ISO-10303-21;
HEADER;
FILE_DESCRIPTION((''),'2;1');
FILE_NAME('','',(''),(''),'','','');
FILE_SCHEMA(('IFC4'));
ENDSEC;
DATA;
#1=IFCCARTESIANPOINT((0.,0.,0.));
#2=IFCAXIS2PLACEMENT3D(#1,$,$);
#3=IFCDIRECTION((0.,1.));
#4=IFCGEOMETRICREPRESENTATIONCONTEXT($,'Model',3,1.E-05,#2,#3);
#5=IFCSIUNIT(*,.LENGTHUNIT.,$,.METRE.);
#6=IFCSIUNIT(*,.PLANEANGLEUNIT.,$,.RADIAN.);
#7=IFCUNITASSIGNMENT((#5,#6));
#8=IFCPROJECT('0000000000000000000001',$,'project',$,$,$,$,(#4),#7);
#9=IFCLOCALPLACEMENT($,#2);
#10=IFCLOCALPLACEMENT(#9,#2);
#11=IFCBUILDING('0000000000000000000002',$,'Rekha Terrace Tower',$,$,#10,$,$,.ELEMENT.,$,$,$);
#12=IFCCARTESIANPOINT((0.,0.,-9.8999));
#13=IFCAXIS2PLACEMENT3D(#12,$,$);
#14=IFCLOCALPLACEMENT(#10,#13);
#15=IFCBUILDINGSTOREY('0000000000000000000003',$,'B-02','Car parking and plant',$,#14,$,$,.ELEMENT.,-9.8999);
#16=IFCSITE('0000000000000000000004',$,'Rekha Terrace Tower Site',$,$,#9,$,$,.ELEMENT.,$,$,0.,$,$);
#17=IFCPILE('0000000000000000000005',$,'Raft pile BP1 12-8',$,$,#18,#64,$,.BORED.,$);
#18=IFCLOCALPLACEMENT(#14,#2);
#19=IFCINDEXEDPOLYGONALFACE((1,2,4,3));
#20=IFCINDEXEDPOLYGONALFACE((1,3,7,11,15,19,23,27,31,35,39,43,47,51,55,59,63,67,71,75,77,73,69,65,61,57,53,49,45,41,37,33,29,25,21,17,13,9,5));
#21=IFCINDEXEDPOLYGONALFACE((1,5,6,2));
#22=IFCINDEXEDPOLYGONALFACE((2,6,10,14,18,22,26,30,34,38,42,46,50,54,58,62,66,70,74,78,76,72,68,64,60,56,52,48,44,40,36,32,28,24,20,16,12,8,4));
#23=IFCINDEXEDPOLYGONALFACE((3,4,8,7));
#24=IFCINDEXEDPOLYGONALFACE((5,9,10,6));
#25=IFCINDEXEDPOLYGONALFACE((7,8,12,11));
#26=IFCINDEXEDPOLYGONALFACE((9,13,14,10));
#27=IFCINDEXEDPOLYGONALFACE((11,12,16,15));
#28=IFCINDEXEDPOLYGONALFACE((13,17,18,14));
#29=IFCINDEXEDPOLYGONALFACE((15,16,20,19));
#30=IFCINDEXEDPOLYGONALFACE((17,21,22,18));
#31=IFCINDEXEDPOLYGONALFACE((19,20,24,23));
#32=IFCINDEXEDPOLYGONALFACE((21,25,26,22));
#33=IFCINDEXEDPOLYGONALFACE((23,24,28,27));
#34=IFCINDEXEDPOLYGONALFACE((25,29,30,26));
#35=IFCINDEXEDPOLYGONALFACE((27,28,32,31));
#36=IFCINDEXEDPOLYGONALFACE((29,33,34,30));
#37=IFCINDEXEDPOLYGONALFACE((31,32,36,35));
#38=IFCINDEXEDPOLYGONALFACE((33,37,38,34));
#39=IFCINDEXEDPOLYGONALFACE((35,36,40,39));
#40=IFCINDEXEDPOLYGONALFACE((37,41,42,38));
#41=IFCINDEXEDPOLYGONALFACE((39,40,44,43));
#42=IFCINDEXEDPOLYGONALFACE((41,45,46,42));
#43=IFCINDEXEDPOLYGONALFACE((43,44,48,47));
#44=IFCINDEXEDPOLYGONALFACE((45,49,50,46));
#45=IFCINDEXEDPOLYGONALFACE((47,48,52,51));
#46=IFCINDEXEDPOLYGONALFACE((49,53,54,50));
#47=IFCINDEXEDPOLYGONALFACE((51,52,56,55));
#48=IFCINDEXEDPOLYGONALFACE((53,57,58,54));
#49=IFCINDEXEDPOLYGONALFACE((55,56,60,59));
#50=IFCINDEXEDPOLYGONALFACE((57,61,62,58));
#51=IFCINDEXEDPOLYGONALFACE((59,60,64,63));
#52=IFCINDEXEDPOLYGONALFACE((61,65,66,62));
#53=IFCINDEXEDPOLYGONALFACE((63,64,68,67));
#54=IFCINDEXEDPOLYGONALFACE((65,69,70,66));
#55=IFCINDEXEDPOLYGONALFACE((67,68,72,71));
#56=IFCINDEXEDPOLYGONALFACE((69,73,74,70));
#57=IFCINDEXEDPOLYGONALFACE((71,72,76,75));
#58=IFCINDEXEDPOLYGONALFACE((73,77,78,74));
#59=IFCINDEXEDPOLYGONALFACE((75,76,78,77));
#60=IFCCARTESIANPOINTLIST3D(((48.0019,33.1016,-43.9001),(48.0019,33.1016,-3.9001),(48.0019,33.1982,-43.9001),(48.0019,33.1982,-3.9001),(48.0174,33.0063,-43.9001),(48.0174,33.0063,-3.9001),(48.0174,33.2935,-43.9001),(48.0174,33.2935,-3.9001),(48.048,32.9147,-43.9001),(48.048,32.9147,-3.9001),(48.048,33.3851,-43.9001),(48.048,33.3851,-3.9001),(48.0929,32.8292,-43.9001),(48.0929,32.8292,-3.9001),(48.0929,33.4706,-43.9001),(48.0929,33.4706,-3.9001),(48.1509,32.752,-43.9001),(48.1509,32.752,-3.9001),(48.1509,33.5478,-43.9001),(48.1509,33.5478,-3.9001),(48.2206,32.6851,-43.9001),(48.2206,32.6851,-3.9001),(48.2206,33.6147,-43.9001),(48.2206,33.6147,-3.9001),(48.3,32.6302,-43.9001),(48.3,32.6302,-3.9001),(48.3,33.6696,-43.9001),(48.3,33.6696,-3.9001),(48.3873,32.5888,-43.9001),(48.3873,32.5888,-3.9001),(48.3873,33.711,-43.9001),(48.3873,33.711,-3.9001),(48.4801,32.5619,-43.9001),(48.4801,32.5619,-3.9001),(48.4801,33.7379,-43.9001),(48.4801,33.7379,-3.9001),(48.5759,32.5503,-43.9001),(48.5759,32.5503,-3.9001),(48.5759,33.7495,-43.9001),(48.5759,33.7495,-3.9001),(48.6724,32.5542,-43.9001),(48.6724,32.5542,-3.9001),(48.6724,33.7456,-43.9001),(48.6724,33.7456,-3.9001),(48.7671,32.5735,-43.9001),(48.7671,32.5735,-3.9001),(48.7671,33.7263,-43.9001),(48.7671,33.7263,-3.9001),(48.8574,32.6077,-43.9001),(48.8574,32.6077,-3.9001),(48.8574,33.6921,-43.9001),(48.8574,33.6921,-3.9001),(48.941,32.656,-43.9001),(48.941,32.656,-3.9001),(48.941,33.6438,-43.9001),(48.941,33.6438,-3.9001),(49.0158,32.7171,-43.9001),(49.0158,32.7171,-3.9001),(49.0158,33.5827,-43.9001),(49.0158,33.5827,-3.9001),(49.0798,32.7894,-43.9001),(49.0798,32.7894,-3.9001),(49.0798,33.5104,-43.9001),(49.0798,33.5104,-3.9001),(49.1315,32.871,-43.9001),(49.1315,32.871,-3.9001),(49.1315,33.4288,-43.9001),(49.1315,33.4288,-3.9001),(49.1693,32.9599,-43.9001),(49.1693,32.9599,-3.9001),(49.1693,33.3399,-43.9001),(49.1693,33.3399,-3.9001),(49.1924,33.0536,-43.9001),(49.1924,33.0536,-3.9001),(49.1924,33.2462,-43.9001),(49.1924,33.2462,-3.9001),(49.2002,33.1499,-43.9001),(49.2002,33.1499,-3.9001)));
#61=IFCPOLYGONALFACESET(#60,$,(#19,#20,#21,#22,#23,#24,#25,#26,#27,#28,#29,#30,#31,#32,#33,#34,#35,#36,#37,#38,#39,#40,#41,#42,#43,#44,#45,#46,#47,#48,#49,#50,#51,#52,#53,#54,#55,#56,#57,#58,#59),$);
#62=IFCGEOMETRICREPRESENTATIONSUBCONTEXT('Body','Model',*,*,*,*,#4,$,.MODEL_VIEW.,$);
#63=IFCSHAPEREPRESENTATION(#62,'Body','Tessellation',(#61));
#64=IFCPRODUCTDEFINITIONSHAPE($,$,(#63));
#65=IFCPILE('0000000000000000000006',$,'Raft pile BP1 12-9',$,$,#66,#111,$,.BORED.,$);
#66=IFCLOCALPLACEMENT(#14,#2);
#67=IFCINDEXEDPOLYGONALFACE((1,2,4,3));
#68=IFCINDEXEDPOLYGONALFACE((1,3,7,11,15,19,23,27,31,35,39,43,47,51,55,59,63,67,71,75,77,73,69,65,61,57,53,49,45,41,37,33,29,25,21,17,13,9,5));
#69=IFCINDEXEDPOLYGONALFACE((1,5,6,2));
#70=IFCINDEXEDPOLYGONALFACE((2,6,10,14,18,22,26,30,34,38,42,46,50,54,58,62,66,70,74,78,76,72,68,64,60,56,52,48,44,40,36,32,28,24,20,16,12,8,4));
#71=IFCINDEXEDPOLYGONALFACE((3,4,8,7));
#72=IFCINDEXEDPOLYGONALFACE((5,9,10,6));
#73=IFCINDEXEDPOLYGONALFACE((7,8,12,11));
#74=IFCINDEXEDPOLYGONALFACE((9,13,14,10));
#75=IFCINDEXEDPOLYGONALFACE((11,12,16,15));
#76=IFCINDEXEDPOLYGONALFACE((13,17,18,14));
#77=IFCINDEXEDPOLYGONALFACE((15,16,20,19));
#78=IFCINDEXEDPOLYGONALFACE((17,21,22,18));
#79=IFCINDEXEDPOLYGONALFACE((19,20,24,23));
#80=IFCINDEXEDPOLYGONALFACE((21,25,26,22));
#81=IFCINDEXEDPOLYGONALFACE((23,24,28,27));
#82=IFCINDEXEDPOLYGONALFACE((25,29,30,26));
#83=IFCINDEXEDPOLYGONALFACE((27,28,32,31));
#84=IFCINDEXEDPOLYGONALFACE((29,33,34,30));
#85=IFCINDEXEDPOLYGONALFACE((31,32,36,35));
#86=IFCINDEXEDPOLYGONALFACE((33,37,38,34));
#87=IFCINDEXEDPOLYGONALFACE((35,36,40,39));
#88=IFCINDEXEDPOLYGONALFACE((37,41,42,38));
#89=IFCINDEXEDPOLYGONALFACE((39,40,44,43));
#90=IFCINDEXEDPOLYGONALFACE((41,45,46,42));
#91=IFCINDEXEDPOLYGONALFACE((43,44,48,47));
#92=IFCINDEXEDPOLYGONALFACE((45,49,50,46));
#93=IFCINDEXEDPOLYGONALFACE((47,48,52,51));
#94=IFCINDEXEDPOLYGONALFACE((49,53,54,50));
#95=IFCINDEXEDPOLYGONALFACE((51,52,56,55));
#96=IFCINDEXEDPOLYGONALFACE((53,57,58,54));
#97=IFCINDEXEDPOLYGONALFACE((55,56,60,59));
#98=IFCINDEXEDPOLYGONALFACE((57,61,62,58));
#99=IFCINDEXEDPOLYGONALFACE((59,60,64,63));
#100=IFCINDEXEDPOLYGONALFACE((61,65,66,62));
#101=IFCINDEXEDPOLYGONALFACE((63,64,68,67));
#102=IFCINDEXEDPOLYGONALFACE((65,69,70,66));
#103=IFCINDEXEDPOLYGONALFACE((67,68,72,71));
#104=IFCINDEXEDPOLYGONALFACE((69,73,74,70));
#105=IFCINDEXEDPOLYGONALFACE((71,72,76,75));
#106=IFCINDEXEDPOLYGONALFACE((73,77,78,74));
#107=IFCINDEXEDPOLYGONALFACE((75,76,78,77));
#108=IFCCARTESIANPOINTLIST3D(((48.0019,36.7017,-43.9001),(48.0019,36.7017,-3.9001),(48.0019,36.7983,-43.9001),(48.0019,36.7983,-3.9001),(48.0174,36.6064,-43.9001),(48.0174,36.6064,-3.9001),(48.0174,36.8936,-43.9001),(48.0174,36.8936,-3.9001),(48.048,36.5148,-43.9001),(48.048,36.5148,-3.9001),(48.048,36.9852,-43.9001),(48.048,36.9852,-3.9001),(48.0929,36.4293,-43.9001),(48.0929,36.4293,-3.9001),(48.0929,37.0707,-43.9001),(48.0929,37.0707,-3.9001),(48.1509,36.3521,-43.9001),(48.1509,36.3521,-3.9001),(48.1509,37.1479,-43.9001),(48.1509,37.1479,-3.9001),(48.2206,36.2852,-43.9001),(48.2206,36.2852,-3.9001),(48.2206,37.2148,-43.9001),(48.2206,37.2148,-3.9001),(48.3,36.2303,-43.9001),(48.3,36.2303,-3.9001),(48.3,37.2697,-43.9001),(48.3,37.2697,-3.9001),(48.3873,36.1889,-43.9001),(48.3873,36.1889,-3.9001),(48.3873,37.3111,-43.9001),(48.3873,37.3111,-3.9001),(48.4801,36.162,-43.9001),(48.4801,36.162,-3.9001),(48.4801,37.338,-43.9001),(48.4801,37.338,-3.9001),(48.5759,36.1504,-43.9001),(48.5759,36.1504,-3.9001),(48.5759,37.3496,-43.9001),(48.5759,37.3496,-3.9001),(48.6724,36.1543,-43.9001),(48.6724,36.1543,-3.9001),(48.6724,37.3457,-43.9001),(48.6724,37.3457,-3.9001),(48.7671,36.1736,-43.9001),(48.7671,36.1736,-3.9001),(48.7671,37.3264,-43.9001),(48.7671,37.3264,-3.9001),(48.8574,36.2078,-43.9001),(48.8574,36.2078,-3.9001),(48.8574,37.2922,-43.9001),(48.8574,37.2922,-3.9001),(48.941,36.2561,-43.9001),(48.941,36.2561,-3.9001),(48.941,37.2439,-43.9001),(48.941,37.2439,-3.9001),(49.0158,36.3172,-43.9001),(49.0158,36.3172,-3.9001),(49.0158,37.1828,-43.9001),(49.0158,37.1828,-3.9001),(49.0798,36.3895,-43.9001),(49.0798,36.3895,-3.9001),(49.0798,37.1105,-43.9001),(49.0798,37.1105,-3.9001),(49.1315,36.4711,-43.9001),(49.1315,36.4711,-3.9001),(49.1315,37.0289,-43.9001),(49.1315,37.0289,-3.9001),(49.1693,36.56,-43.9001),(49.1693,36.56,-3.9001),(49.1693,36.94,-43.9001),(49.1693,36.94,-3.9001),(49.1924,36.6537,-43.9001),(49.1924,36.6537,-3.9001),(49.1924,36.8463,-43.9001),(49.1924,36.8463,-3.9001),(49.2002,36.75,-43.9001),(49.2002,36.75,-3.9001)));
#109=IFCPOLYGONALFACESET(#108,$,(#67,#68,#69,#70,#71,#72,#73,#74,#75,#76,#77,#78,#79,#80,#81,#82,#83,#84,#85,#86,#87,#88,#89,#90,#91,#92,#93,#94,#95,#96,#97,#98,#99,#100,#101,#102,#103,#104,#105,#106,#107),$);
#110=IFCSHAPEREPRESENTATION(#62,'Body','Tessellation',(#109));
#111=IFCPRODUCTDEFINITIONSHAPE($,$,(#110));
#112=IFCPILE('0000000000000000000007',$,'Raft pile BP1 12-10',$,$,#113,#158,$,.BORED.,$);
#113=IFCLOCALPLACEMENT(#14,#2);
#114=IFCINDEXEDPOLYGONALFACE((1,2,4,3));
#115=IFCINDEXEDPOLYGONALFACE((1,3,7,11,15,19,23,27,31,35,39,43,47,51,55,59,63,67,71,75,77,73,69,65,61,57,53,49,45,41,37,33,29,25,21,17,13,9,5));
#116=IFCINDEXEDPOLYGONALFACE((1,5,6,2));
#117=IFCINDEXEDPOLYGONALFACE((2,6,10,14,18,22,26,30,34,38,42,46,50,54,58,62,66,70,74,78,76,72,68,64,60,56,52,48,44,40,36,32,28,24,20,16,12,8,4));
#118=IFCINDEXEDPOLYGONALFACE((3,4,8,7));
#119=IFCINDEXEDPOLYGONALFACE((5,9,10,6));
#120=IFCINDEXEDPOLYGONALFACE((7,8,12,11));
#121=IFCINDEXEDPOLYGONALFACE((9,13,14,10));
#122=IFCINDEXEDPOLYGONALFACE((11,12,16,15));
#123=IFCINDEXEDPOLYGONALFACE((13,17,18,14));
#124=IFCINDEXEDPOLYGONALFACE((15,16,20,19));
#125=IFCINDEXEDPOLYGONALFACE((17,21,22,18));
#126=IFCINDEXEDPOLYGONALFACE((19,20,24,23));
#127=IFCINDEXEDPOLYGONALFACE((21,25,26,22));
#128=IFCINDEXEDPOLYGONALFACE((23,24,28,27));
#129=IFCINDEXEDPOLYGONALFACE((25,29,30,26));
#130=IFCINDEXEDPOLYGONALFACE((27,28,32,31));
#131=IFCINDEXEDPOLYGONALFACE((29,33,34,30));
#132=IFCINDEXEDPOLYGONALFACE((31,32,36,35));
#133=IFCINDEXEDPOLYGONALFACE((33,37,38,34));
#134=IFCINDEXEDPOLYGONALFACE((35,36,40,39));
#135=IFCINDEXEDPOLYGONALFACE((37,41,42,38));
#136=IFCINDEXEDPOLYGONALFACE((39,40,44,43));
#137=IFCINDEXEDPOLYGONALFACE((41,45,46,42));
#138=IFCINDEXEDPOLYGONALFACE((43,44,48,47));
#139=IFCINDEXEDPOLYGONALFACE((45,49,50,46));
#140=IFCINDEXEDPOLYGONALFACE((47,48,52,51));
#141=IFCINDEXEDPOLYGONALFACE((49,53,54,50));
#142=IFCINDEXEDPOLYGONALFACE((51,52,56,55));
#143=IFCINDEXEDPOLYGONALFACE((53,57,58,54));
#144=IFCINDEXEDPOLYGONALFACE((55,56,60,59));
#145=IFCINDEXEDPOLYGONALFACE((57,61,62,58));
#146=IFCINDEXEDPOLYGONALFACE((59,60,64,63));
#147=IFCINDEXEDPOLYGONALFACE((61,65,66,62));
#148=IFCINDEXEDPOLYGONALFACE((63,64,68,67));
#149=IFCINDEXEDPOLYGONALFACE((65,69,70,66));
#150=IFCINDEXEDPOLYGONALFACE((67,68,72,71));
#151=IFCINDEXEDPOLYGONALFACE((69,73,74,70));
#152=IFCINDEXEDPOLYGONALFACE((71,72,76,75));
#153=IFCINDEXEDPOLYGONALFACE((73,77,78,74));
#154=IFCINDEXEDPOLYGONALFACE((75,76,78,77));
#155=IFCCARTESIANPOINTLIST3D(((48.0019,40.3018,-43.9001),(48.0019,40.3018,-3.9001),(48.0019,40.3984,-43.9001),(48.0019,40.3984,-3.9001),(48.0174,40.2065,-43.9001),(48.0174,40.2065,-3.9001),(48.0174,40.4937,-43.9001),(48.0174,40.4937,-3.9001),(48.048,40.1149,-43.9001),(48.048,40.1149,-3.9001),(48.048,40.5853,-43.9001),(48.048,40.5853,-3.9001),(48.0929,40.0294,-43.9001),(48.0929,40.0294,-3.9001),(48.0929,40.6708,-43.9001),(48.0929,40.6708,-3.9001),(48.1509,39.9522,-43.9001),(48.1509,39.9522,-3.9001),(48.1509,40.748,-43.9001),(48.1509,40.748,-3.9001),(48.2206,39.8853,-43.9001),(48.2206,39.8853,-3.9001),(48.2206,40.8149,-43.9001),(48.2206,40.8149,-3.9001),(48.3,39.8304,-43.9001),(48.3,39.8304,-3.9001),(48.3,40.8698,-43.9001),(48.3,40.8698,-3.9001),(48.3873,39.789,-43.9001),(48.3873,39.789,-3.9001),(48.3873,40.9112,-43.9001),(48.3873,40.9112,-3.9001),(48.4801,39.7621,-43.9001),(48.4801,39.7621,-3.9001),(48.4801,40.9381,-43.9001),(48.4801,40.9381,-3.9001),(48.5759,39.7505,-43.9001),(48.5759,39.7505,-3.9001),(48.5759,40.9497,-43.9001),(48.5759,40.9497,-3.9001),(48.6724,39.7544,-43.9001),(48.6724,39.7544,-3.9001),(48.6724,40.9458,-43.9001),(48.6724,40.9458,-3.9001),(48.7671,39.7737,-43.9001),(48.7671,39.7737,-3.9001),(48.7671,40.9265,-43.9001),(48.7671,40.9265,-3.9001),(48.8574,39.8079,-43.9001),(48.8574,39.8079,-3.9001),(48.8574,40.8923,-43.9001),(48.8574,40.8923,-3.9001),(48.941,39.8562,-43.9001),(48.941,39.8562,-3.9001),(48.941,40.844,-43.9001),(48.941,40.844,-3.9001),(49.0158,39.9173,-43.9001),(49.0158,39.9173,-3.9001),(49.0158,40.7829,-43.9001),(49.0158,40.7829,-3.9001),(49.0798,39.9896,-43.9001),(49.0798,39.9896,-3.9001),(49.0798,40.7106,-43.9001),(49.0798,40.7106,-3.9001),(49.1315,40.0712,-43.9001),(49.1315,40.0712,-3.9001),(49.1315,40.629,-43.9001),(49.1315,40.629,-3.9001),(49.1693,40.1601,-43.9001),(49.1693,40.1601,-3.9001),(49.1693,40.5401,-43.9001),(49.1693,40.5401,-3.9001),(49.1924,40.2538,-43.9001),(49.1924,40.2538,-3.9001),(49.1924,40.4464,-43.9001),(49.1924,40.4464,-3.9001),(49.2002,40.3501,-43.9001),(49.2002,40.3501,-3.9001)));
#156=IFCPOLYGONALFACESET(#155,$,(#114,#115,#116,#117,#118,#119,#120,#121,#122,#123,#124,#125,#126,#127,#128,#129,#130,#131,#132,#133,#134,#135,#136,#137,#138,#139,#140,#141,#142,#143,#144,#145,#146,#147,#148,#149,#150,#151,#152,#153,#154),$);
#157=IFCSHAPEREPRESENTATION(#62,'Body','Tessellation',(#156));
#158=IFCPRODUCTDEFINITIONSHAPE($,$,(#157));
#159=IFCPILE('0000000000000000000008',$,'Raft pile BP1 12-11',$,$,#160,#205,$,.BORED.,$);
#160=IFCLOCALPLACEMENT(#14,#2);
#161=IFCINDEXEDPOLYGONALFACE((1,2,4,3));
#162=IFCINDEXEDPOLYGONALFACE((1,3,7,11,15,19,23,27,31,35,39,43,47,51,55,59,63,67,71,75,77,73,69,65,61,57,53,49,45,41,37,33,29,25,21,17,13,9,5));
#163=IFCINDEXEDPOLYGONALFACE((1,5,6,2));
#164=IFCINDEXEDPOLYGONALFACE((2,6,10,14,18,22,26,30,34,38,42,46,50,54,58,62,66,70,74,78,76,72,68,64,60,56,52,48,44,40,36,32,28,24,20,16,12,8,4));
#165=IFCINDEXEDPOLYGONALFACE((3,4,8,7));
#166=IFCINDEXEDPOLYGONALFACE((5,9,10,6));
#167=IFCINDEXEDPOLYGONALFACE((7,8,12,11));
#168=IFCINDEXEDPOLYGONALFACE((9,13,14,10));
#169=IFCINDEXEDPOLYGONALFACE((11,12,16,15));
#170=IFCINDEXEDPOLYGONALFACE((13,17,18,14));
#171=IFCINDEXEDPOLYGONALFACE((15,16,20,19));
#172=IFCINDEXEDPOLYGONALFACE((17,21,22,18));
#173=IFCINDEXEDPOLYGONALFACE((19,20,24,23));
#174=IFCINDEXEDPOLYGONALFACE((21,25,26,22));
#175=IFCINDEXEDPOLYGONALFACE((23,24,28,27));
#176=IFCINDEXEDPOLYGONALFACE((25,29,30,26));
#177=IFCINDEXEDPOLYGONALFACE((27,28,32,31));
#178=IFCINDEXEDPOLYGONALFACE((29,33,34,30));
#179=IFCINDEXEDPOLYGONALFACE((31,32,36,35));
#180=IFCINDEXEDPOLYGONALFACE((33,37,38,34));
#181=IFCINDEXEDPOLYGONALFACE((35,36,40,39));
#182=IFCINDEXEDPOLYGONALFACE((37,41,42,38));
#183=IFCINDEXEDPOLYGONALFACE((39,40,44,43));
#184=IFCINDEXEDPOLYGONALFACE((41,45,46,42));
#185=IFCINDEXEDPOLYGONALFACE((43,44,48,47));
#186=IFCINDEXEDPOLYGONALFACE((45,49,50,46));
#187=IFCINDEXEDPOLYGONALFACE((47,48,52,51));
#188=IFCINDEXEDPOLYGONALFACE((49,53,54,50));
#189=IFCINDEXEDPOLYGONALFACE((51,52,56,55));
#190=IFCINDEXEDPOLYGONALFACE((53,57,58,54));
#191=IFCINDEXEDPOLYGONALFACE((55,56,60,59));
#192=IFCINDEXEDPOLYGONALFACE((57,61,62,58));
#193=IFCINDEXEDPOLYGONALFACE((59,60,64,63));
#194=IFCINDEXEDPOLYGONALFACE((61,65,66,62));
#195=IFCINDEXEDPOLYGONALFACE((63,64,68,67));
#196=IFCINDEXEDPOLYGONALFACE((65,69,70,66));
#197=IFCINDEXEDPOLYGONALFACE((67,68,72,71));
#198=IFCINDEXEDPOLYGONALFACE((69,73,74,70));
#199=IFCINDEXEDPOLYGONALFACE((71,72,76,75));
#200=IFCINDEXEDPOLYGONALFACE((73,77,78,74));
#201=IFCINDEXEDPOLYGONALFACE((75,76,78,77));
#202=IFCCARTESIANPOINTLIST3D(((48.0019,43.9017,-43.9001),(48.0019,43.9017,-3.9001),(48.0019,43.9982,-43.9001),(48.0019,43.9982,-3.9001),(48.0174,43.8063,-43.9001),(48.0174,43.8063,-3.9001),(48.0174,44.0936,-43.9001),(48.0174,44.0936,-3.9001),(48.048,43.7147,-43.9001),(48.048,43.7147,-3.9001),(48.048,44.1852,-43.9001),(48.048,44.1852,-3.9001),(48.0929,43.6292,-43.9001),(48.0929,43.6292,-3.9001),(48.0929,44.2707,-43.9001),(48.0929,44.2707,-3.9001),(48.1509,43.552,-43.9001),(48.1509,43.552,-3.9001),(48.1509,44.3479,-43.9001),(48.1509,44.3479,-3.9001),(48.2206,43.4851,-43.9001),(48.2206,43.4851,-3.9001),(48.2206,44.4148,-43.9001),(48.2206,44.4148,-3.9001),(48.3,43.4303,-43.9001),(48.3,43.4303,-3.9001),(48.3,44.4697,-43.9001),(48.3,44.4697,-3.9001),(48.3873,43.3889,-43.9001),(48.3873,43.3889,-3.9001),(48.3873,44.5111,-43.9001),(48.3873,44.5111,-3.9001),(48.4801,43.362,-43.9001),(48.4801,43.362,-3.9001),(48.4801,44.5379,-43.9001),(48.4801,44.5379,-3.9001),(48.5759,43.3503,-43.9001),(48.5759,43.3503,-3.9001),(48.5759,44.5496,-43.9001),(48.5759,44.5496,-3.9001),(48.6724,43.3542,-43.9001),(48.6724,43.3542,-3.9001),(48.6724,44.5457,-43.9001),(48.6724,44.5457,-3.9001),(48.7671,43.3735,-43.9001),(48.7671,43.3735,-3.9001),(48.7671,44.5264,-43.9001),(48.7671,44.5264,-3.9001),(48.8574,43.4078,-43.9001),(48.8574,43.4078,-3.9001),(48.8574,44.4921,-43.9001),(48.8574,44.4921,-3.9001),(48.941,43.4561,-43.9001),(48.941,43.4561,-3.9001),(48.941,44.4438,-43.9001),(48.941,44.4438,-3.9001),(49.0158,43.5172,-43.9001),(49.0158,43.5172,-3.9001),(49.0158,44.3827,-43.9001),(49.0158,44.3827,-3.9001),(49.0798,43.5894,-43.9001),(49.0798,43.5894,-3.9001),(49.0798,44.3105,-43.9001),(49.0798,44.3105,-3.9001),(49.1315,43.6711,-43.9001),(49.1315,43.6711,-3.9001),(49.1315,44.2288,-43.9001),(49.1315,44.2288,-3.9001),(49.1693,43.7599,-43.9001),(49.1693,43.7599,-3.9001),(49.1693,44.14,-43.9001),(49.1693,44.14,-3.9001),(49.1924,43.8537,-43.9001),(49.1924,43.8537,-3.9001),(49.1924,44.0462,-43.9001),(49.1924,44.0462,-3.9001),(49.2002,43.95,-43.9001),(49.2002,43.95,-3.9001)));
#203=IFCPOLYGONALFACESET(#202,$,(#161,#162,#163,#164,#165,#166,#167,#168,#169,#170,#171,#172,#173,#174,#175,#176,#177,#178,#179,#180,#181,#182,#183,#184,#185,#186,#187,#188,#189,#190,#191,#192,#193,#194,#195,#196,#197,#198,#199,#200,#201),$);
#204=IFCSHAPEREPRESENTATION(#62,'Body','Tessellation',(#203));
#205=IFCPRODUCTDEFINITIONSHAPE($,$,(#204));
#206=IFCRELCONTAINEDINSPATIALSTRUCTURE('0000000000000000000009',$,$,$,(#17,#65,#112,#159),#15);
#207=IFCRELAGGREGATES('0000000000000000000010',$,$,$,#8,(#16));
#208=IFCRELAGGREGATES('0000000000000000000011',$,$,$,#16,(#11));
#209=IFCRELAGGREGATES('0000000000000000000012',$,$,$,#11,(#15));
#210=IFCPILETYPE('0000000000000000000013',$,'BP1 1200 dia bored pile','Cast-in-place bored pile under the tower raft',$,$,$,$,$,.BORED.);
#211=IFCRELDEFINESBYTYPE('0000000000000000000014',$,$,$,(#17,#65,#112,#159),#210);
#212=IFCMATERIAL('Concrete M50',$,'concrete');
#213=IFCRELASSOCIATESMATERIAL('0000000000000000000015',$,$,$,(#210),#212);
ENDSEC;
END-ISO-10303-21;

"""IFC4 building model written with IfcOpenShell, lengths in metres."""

from ifc_helpers import new_model, si_unit, direction, frame, origin, origin_2d, place, context, subcontext, project, spatial, circle, extrude, material, type_object, element, save


model = new_model("IFC4")

# Units and contexts
model_context = context("Model", 3, precision=1e-05, world=origin(), true_north=direction((0.0, 1.0)))
body_context = subcontext(model_context, "Body", "Model", "MODEL_VIEW")
ifc_project = project(units=[si_unit("LENGTHUNIT", "METRE"), si_unit("PLANEANGLEUNIT", "RADIAN")], contexts=[model_context])

# Site, building, storey
site_placement = place(None, origin())
site = spatial("IfcSite", under=ifc_project, at=site_placement, Name="Rekha Terrace Tower Site", CompositionType="ELEMENT", RefElevation=0.0)
building_placement = place(site_placement, origin())
building = spatial("IfcBuilding", under=site, at=building_placement, Name="Rekha Terrace Tower", CompositionType="ELEMENT")
storey_placement = place(building_placement, frame((0.0, 0.0, -9.8999)))
storey = spatial("IfcBuildingStorey", under=building, at=storey_placement, Name="B-02", Description="Car parking and plant", CompositionType="ELEMENT", Elevation=-9.8999)

# Piles
ifc_material_1 = material(Name="Concrete M50", Category="concrete")
pile_type = type_object("IfcPileType", Name="BP1 1200 dia bored pile", Description="Cast-in-place bored pile under the tower raft", PredefinedType="BORED", material=ifc_material_1)
for number, where, z_axis, x_axis, name in (
    (1, (48.6001, 33.1499, -3.9001), (0.0, 0.0, -1.0), (1.0, 0.0, 0.0), "Raft pile BP1 12-8"),
    (2, (48.6001, 36.75, -3.9001), (0.0, 0.0, -1.0), (1.0, 0.0, 0.0), "Raft pile BP1 12-9"),
    (3, (48.6001, 40.3501, -3.9001), (0.0, 0.0, -1.0), (1.0, 0.0, 0.0), "Raft pile BP1 12-10"),
    (4, (48.6001, 43.95, -3.9001), (0.0, 0.0, -1.0), (1.0, 0.0, 0.0), "Raft pile BP1 12-11"),
):
    element("IfcPile", number, at=place(storey_placement, frame(where, z_axis=z_axis, x_axis=x_axis)), inside=storey, type_object=pile_type, Name=name, PredefinedType="BORED", context=body_context, shape_type="SweptSolid", body=[
        extrude(circle(Radius=0.6001, at=origin_2d()), origin(), (0.0, 0.0, 1.0), 40.0),
    ])

save(model, "model.ifc")
